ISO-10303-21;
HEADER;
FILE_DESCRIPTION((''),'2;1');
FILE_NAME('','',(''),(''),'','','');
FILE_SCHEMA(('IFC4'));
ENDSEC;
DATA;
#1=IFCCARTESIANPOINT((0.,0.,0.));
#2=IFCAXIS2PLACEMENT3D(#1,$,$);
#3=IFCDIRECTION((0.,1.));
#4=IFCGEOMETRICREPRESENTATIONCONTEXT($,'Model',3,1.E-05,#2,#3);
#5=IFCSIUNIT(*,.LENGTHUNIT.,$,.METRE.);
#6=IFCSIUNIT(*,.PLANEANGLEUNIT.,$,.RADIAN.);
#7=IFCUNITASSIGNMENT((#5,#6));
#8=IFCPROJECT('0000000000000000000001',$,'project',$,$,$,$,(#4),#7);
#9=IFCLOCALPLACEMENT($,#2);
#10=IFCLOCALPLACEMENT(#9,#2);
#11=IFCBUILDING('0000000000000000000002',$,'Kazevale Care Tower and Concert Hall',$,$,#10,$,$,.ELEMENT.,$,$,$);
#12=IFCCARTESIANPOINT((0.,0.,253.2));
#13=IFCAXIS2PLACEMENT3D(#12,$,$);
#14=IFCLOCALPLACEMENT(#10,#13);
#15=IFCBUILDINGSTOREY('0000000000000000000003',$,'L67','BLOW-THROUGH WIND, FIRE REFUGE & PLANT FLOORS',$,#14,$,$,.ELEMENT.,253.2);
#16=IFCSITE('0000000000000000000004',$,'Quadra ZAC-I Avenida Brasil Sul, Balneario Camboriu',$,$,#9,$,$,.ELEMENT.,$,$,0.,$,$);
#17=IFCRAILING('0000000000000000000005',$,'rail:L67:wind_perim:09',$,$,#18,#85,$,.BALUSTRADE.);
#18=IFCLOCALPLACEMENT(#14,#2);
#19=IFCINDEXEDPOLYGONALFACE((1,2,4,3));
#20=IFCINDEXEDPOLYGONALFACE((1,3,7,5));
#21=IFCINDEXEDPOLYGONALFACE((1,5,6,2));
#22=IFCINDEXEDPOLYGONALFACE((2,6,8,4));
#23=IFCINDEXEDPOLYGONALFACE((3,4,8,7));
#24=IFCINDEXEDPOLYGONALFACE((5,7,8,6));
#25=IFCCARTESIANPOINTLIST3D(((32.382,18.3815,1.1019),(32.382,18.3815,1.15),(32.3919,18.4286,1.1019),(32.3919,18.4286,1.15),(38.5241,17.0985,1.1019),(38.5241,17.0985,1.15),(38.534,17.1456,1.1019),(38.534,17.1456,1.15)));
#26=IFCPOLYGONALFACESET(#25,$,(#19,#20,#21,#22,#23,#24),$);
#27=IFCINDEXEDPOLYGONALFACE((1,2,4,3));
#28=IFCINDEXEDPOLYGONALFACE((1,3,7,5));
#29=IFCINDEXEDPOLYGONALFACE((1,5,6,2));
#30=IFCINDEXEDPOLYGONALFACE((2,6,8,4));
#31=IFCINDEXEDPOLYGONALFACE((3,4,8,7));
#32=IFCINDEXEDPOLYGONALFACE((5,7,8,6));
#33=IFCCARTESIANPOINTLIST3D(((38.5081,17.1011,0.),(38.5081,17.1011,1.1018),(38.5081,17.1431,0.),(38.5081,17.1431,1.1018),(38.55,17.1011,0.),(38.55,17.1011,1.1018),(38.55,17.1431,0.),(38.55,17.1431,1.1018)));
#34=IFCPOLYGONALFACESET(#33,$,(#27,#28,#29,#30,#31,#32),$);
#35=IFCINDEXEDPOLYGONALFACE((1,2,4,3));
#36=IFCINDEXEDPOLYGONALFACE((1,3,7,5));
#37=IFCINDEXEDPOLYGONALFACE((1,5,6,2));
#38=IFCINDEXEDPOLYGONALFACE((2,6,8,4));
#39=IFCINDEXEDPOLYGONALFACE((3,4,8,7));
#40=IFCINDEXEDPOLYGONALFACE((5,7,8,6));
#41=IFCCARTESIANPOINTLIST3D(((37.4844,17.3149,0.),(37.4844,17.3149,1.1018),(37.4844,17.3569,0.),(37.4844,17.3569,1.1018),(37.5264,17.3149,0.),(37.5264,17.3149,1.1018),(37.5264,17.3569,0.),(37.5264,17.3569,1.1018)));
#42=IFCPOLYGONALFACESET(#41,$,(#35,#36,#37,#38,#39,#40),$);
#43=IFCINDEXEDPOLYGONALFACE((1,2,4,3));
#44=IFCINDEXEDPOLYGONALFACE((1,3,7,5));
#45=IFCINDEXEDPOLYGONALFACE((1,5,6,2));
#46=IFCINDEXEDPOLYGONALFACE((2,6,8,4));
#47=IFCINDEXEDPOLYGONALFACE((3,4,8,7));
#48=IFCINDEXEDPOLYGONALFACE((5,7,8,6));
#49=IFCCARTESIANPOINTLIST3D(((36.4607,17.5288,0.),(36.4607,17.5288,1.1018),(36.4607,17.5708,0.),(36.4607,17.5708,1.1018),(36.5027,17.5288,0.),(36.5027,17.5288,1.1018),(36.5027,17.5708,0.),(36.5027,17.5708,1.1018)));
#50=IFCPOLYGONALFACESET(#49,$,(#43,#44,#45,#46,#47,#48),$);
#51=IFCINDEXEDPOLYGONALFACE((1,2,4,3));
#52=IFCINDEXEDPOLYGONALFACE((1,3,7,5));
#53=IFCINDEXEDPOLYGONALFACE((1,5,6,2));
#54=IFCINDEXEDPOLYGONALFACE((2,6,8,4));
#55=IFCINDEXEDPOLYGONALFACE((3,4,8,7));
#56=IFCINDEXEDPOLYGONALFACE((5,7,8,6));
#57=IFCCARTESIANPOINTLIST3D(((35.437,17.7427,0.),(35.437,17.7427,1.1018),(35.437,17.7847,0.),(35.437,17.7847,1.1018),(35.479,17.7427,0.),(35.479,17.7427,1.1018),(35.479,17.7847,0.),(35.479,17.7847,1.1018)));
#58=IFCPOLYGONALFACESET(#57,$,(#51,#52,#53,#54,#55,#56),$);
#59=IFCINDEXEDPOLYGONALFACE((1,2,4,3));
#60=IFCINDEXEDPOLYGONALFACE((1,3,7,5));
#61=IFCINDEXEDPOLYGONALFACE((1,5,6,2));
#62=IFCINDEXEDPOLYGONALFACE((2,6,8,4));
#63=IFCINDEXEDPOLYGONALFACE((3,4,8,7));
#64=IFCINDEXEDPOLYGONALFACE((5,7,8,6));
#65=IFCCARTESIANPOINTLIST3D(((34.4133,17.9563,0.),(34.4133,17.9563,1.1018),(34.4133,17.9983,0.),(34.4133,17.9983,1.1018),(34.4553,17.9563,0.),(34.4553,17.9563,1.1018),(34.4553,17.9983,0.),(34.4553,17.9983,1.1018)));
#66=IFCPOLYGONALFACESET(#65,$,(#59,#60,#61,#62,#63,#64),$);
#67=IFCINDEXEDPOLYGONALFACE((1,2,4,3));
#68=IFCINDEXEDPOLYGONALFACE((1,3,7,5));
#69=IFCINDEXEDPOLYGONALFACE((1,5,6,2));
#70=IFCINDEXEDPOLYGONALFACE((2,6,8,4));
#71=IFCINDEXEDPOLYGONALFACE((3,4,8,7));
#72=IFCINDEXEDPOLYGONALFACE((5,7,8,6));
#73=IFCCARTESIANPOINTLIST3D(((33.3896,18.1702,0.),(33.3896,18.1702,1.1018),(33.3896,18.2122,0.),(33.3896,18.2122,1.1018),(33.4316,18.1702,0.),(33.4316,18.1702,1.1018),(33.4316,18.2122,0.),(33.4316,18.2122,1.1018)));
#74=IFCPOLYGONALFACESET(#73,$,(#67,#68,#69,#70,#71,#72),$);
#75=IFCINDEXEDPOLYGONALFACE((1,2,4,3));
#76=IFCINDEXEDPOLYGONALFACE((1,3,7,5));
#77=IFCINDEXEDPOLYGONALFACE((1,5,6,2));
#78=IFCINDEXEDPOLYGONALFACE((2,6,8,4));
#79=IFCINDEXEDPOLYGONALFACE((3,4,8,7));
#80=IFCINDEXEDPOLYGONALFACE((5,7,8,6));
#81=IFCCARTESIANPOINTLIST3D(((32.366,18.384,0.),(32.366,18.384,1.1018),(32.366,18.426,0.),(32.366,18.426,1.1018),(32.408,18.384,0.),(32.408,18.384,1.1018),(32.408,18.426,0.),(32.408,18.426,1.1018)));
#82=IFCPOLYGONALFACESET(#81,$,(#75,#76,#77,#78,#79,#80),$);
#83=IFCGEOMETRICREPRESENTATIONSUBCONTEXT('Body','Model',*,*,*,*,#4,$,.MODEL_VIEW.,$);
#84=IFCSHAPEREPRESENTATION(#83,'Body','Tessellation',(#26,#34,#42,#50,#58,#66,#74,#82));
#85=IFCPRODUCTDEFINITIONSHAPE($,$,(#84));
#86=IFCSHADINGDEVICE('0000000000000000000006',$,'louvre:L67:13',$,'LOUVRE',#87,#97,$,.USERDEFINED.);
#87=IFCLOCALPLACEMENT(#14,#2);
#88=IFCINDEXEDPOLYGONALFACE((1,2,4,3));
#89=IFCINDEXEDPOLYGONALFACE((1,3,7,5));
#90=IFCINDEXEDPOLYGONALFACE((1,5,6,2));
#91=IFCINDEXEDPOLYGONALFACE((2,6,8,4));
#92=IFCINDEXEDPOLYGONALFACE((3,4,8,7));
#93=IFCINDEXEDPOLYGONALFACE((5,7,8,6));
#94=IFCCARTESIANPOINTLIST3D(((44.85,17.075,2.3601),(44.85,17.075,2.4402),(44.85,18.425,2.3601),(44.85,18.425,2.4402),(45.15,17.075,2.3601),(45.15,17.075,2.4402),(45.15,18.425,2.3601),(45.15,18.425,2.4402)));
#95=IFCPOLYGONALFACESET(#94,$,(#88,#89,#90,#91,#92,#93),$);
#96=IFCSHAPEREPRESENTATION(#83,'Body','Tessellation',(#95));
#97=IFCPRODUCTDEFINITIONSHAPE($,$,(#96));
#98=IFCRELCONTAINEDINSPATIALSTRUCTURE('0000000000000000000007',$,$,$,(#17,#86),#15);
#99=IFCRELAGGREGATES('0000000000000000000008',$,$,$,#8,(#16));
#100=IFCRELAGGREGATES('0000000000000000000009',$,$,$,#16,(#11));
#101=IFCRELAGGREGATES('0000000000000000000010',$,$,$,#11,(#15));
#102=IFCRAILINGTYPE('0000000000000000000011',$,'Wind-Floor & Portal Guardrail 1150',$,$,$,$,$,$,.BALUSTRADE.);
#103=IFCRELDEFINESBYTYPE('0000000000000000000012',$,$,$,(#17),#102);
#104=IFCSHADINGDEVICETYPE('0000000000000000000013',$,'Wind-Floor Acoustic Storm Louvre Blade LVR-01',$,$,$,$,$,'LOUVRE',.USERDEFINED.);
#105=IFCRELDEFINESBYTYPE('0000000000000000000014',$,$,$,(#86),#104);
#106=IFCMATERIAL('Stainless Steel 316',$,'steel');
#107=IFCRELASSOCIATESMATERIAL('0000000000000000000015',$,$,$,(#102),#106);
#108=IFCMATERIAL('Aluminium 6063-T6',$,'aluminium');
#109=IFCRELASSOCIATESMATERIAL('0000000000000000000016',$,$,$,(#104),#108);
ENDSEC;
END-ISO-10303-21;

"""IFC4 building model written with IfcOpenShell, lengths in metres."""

from ifc_helpers import new_model, si_unit, direction, frame, origin, origin_2d, place, context, subcontext, project, spatial, rectangle, extrude, material, type_object, element, save


model = new_model("IFC4")

# Units and contexts
model_context = context("Model", 3, precision=1e-05, world=origin(), true_north=direction((0.0, 1.0)))
body_context = subcontext(model_context, "Body", "Model", "MODEL_VIEW")
ifc_project = project(units=[si_unit("LENGTHUNIT", "METRE"), si_unit("PLANEANGLEUNIT", "RADIAN")], contexts=[model_context])

# Site, building, storey
site_placement = place(None, origin())
site = spatial("IfcSite", under=ifc_project, at=site_placement, Name="Quadra ZAC-I Avenida Brasil Sul, Balneario Camboriu", CompositionType="ELEMENT", RefElevation=0.0)
building_placement = place(site_placement, origin())
building = spatial("IfcBuilding", under=site, at=building_placement, Name="Kazevale Care Tower and Concert Hall", CompositionType="ELEMENT")
storey_placement = place(building_placement, frame((0.0, 0.0, 253.2)))
storey = spatial("IfcBuildingStorey", under=building, at=storey_placement, Name="L67", Description="BLOW-THROUGH WIND, FIRE REFUGE & PLANT FLOORS", CompositionType="ELEMENT", Elevation=253.2)

# Railing
ifc_material_1 = material(Name="Stainless Steel 316", Category="steel")
railing_type_1 = type_object("IfcRailingType", Name="Wind-Floor & Portal Guardrail 1150", PredefinedType="BALUSTRADE", material=ifc_material_1)
railing_1_placement = place(storey_placement, frame((38.5291, 17.1221, 0.0)))
element("IfcRailing", 1, at=railing_1_placement, inside=storey, type_object=railing_type_1, Name="rail:L67:wind_perim:09", PredefinedType="BALUSTRADE", context=body_context, shape_type="SweptSolid", body=[
    extrude(rectangle(XDim=0.0481, YDim=0.0481, at=origin_2d()), frame((0.0, 0.0, 1.126), z_axis=(-0.978873, 0.204467, 0.0), x_axis=(-0.204467, -0.978873, 0.0)), (0.0, 0.0, 1.0), 6.2747),
    extrude(rectangle(XDim=0.042, YDim=0.042, at=origin_2d()), origin(), (0.0, 0.0, 1.0), 1.1018),
    extrude(rectangle(XDim=0.042, YDim=0.042, at=origin_2d()), frame((-1.0237, 0.2139, 0.0)), (0.0, 0.0, 1.0), 1.1018),
    extrude(rectangle(XDim=0.042, YDim=0.042, at=origin_2d()), frame((-2.0474, 0.4277, 0.0)), (0.0, 0.0, 1.0), 1.1018),
    extrude(rectangle(XDim=0.042, YDim=0.042, at=origin_2d()), frame((-3.071, 0.6416, 0.0)), (0.0, 0.0, 1.0), 1.1018),
    extrude(rectangle(XDim=0.042, YDim=0.042, at=origin_2d()), frame((-4.0947, 0.8552, 0.0)), (0.0, 0.0, 1.0), 1.1018),
    extrude(rectangle(XDim=0.042, YDim=0.042, at=origin_2d()), frame((-5.1184, 1.0691, 0.0)), (0.0, 0.0, 1.0), 1.1018),
    extrude(rectangle(XDim=0.042, YDim=0.042, at=origin_2d()), frame((-6.1421, 1.283, 0.0)), (0.0, 0.0, 1.0), 1.1018),
])

# Shading device
ifc_material_2 = material(Name="Aluminium 6063-T6", Category="aluminium")
shading_device_type = type_object("IfcShadingDeviceType", Name="Wind-Floor Acoustic Storm Louvre Blade LVR-01", ElementType="LOUVRE", PredefinedType="USERDEFINED", material=ifc_material_2)
shading_device_placement = place(storey_placement, frame((45.0, 17.75, 2.3601), z_axis=(0.0, 0.0, 1.0), x_axis=(0.0, -1.0, 0.0)))
element("IfcShadingDevice", 2, at=shading_device_placement, inside=storey, type_object=shading_device_type, Name="louvre:L67:13", ObjectType="LOUVRE", PredefinedType="USERDEFINED", context=body_context, shape_type="SweptSolid", body=[
    extrude(rectangle(XDim=1.3501, YDim=0.3, at=origin_2d()), origin(), (0.0, 0.0, 1.0), 0.0801),
])

save(model, "model.ifc")
